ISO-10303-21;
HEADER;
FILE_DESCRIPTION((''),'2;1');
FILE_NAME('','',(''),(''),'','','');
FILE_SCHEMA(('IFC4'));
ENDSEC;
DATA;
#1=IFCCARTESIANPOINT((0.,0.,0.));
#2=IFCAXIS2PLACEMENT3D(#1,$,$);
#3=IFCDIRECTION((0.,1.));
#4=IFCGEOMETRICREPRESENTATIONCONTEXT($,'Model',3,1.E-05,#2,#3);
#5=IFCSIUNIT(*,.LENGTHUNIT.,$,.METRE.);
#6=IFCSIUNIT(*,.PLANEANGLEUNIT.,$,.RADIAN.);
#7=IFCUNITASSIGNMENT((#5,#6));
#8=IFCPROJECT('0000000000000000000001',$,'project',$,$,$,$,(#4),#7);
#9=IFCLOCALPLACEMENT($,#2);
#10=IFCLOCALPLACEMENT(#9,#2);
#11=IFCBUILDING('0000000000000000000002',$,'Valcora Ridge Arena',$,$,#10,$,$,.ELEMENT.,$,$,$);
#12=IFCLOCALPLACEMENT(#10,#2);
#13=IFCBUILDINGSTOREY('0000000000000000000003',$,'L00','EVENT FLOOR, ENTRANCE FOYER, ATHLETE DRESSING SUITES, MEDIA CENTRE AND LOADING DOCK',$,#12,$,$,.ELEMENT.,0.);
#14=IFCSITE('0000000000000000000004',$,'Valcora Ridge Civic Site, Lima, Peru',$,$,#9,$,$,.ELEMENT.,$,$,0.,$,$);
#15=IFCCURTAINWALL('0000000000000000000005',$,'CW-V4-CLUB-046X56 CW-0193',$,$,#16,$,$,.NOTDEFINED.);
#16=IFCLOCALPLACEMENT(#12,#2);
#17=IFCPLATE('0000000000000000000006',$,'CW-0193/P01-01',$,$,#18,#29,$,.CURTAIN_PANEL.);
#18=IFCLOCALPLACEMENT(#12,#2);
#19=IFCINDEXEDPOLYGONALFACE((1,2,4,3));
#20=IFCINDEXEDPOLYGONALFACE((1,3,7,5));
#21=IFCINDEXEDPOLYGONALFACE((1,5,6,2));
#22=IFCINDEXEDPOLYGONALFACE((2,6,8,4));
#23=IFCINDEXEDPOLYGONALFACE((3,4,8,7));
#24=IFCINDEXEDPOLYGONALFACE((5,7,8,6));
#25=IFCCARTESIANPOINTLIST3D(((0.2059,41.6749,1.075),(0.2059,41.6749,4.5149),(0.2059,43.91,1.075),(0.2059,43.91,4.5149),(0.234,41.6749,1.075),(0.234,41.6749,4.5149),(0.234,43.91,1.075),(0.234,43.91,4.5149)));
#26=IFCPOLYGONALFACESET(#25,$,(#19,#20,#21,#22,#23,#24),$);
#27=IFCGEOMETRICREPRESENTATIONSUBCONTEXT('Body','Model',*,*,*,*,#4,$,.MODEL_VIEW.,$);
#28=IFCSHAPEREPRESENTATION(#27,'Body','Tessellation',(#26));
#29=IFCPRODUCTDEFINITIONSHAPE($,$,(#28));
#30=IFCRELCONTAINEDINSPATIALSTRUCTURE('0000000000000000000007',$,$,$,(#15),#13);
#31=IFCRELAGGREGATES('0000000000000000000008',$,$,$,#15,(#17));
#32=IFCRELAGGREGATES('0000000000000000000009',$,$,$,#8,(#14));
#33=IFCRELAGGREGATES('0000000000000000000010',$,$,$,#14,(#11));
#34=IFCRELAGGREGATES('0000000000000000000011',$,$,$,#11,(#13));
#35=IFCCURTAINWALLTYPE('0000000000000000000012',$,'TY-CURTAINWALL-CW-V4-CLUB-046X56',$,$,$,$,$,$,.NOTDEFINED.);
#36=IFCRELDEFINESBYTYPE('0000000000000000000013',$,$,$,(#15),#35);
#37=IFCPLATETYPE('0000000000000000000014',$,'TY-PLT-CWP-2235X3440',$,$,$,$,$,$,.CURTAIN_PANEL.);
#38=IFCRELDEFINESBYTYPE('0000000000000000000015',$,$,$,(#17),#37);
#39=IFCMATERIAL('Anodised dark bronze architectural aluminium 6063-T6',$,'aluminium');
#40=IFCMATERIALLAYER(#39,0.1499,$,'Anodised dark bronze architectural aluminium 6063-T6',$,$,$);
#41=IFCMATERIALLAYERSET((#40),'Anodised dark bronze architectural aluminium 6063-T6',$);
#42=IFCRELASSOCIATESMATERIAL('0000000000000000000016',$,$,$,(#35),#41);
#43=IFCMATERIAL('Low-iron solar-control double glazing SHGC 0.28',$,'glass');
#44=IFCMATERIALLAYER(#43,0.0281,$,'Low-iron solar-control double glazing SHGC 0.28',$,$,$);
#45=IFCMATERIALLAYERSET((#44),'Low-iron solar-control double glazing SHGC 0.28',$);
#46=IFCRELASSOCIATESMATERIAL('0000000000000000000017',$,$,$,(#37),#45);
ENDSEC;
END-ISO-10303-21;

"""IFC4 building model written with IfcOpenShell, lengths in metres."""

from ifc_helpers import new_model, si_unit, direction, frame, origin, origin_2d, place, context, subcontext, project, spatial, rectangle, extrude, material, layer, layer_set, type_object, element, aggregate, save


model = new_model("IFC4")

# Units and contexts
model_context = context("Model", 3, precision=1e-05, world=origin(), true_north=direction((0.0, 1.0)))
body_context = subcontext(model_context, "Body", "Model", "MODEL_VIEW")
ifc_project = project(units=[si_unit("LENGTHUNIT", "METRE"), si_unit("PLANEANGLEUNIT", "RADIAN")], contexts=[model_context])

# Site, building, storey
site_placement = place(None, origin())
site = spatial("IfcSite", under=ifc_project, at=site_placement, Name="Valcora Ridge Civic Site, Lima, Peru", CompositionType="ELEMENT", RefElevation=0.0)
building_placement = place(site_placement, origin())
building = spatial("IfcBuilding", under=site, at=building_placement, Name="Valcora Ridge Arena", CompositionType="ELEMENT")
storey_placement = place(building_placement, origin())
storey = spatial("IfcBuildingStorey", under=building, at=storey_placement, Name="L00", Description="EVENT FLOOR, ENTRANCE FOYER, ATHLETE DRESSING SUITES, MEDIA CENTRE AND LOADING DOCK", CompositionType="ELEMENT", Elevation=0.0)

# Curtain wall
ifc_material_1 = material(Name="Anodised dark bronze architectural aluminium 6063-T6", Category="aluminium")
ifc_layer_1 = layer(ifc_material_1, 0.1499, Name="Anodised dark bronze architectural aluminium 6063-T6")
ifc_layer_set_1 = layer_set([ifc_layer_1], Name="Anodised dark bronze architectural aluminium 6063-T6")
curtain_wall_type_1 = type_object("IfcCurtainWallType", Name="TY-CURTAINWALL-CW-V4-CLUB-046X56", PredefinedType="NOTDEFINED", material=ifc_layer_set_1)
curtain_wall_1_placement = place(storey_placement, origin())
curtain_wall_1 = element("IfcCurtainWall", 1, at=curtain_wall_1_placement, inside=storey, type_object=curtain_wall_type_1, Name="CW-V4-CLUB-046X56 CW-0193", PredefinedType="NOTDEFINED")

# Plate
ifc_material_2 = material(Name="Low-iron solar-control double glazing SHGC 0.28", Category="glass")
ifc_layer_2 = layer(ifc_material_2, 0.0281, Name="Low-iron solar-control double glazing SHGC 0.28")
ifc_layer_set_2 = layer_set([ifc_layer_2], Name="Low-iron solar-control double glazing SHGC 0.28")
plate_type_1 = type_object("IfcPlateType", Name="TY-PLT-CWP-2235X3440", PredefinedType="CURTAIN_PANEL", material=ifc_layer_set_2)
plate_1_placement = place(storey_placement, frame((0.22, 42.7925, 1.075), z_axis=(0.0, 0.0, 1.0), x_axis=(0.0, 1.0, 0.0)))
plate_1 = element("IfcPlate", 2, at=plate_1_placement, type_object=plate_type_1, Name="CW-0193/P01-01", PredefinedType="CURTAIN_PANEL", context=body_context, shape_type="SweptSolid", body=[
    extrude(rectangle(XDim=2.2351, YDim=0.0281, at=origin_2d()), origin(), (0.0, 0.0, 1.0), 3.4399),
])
aggregate(curtain_wall_1, [plate_1])

save(model, "model.ifc")
